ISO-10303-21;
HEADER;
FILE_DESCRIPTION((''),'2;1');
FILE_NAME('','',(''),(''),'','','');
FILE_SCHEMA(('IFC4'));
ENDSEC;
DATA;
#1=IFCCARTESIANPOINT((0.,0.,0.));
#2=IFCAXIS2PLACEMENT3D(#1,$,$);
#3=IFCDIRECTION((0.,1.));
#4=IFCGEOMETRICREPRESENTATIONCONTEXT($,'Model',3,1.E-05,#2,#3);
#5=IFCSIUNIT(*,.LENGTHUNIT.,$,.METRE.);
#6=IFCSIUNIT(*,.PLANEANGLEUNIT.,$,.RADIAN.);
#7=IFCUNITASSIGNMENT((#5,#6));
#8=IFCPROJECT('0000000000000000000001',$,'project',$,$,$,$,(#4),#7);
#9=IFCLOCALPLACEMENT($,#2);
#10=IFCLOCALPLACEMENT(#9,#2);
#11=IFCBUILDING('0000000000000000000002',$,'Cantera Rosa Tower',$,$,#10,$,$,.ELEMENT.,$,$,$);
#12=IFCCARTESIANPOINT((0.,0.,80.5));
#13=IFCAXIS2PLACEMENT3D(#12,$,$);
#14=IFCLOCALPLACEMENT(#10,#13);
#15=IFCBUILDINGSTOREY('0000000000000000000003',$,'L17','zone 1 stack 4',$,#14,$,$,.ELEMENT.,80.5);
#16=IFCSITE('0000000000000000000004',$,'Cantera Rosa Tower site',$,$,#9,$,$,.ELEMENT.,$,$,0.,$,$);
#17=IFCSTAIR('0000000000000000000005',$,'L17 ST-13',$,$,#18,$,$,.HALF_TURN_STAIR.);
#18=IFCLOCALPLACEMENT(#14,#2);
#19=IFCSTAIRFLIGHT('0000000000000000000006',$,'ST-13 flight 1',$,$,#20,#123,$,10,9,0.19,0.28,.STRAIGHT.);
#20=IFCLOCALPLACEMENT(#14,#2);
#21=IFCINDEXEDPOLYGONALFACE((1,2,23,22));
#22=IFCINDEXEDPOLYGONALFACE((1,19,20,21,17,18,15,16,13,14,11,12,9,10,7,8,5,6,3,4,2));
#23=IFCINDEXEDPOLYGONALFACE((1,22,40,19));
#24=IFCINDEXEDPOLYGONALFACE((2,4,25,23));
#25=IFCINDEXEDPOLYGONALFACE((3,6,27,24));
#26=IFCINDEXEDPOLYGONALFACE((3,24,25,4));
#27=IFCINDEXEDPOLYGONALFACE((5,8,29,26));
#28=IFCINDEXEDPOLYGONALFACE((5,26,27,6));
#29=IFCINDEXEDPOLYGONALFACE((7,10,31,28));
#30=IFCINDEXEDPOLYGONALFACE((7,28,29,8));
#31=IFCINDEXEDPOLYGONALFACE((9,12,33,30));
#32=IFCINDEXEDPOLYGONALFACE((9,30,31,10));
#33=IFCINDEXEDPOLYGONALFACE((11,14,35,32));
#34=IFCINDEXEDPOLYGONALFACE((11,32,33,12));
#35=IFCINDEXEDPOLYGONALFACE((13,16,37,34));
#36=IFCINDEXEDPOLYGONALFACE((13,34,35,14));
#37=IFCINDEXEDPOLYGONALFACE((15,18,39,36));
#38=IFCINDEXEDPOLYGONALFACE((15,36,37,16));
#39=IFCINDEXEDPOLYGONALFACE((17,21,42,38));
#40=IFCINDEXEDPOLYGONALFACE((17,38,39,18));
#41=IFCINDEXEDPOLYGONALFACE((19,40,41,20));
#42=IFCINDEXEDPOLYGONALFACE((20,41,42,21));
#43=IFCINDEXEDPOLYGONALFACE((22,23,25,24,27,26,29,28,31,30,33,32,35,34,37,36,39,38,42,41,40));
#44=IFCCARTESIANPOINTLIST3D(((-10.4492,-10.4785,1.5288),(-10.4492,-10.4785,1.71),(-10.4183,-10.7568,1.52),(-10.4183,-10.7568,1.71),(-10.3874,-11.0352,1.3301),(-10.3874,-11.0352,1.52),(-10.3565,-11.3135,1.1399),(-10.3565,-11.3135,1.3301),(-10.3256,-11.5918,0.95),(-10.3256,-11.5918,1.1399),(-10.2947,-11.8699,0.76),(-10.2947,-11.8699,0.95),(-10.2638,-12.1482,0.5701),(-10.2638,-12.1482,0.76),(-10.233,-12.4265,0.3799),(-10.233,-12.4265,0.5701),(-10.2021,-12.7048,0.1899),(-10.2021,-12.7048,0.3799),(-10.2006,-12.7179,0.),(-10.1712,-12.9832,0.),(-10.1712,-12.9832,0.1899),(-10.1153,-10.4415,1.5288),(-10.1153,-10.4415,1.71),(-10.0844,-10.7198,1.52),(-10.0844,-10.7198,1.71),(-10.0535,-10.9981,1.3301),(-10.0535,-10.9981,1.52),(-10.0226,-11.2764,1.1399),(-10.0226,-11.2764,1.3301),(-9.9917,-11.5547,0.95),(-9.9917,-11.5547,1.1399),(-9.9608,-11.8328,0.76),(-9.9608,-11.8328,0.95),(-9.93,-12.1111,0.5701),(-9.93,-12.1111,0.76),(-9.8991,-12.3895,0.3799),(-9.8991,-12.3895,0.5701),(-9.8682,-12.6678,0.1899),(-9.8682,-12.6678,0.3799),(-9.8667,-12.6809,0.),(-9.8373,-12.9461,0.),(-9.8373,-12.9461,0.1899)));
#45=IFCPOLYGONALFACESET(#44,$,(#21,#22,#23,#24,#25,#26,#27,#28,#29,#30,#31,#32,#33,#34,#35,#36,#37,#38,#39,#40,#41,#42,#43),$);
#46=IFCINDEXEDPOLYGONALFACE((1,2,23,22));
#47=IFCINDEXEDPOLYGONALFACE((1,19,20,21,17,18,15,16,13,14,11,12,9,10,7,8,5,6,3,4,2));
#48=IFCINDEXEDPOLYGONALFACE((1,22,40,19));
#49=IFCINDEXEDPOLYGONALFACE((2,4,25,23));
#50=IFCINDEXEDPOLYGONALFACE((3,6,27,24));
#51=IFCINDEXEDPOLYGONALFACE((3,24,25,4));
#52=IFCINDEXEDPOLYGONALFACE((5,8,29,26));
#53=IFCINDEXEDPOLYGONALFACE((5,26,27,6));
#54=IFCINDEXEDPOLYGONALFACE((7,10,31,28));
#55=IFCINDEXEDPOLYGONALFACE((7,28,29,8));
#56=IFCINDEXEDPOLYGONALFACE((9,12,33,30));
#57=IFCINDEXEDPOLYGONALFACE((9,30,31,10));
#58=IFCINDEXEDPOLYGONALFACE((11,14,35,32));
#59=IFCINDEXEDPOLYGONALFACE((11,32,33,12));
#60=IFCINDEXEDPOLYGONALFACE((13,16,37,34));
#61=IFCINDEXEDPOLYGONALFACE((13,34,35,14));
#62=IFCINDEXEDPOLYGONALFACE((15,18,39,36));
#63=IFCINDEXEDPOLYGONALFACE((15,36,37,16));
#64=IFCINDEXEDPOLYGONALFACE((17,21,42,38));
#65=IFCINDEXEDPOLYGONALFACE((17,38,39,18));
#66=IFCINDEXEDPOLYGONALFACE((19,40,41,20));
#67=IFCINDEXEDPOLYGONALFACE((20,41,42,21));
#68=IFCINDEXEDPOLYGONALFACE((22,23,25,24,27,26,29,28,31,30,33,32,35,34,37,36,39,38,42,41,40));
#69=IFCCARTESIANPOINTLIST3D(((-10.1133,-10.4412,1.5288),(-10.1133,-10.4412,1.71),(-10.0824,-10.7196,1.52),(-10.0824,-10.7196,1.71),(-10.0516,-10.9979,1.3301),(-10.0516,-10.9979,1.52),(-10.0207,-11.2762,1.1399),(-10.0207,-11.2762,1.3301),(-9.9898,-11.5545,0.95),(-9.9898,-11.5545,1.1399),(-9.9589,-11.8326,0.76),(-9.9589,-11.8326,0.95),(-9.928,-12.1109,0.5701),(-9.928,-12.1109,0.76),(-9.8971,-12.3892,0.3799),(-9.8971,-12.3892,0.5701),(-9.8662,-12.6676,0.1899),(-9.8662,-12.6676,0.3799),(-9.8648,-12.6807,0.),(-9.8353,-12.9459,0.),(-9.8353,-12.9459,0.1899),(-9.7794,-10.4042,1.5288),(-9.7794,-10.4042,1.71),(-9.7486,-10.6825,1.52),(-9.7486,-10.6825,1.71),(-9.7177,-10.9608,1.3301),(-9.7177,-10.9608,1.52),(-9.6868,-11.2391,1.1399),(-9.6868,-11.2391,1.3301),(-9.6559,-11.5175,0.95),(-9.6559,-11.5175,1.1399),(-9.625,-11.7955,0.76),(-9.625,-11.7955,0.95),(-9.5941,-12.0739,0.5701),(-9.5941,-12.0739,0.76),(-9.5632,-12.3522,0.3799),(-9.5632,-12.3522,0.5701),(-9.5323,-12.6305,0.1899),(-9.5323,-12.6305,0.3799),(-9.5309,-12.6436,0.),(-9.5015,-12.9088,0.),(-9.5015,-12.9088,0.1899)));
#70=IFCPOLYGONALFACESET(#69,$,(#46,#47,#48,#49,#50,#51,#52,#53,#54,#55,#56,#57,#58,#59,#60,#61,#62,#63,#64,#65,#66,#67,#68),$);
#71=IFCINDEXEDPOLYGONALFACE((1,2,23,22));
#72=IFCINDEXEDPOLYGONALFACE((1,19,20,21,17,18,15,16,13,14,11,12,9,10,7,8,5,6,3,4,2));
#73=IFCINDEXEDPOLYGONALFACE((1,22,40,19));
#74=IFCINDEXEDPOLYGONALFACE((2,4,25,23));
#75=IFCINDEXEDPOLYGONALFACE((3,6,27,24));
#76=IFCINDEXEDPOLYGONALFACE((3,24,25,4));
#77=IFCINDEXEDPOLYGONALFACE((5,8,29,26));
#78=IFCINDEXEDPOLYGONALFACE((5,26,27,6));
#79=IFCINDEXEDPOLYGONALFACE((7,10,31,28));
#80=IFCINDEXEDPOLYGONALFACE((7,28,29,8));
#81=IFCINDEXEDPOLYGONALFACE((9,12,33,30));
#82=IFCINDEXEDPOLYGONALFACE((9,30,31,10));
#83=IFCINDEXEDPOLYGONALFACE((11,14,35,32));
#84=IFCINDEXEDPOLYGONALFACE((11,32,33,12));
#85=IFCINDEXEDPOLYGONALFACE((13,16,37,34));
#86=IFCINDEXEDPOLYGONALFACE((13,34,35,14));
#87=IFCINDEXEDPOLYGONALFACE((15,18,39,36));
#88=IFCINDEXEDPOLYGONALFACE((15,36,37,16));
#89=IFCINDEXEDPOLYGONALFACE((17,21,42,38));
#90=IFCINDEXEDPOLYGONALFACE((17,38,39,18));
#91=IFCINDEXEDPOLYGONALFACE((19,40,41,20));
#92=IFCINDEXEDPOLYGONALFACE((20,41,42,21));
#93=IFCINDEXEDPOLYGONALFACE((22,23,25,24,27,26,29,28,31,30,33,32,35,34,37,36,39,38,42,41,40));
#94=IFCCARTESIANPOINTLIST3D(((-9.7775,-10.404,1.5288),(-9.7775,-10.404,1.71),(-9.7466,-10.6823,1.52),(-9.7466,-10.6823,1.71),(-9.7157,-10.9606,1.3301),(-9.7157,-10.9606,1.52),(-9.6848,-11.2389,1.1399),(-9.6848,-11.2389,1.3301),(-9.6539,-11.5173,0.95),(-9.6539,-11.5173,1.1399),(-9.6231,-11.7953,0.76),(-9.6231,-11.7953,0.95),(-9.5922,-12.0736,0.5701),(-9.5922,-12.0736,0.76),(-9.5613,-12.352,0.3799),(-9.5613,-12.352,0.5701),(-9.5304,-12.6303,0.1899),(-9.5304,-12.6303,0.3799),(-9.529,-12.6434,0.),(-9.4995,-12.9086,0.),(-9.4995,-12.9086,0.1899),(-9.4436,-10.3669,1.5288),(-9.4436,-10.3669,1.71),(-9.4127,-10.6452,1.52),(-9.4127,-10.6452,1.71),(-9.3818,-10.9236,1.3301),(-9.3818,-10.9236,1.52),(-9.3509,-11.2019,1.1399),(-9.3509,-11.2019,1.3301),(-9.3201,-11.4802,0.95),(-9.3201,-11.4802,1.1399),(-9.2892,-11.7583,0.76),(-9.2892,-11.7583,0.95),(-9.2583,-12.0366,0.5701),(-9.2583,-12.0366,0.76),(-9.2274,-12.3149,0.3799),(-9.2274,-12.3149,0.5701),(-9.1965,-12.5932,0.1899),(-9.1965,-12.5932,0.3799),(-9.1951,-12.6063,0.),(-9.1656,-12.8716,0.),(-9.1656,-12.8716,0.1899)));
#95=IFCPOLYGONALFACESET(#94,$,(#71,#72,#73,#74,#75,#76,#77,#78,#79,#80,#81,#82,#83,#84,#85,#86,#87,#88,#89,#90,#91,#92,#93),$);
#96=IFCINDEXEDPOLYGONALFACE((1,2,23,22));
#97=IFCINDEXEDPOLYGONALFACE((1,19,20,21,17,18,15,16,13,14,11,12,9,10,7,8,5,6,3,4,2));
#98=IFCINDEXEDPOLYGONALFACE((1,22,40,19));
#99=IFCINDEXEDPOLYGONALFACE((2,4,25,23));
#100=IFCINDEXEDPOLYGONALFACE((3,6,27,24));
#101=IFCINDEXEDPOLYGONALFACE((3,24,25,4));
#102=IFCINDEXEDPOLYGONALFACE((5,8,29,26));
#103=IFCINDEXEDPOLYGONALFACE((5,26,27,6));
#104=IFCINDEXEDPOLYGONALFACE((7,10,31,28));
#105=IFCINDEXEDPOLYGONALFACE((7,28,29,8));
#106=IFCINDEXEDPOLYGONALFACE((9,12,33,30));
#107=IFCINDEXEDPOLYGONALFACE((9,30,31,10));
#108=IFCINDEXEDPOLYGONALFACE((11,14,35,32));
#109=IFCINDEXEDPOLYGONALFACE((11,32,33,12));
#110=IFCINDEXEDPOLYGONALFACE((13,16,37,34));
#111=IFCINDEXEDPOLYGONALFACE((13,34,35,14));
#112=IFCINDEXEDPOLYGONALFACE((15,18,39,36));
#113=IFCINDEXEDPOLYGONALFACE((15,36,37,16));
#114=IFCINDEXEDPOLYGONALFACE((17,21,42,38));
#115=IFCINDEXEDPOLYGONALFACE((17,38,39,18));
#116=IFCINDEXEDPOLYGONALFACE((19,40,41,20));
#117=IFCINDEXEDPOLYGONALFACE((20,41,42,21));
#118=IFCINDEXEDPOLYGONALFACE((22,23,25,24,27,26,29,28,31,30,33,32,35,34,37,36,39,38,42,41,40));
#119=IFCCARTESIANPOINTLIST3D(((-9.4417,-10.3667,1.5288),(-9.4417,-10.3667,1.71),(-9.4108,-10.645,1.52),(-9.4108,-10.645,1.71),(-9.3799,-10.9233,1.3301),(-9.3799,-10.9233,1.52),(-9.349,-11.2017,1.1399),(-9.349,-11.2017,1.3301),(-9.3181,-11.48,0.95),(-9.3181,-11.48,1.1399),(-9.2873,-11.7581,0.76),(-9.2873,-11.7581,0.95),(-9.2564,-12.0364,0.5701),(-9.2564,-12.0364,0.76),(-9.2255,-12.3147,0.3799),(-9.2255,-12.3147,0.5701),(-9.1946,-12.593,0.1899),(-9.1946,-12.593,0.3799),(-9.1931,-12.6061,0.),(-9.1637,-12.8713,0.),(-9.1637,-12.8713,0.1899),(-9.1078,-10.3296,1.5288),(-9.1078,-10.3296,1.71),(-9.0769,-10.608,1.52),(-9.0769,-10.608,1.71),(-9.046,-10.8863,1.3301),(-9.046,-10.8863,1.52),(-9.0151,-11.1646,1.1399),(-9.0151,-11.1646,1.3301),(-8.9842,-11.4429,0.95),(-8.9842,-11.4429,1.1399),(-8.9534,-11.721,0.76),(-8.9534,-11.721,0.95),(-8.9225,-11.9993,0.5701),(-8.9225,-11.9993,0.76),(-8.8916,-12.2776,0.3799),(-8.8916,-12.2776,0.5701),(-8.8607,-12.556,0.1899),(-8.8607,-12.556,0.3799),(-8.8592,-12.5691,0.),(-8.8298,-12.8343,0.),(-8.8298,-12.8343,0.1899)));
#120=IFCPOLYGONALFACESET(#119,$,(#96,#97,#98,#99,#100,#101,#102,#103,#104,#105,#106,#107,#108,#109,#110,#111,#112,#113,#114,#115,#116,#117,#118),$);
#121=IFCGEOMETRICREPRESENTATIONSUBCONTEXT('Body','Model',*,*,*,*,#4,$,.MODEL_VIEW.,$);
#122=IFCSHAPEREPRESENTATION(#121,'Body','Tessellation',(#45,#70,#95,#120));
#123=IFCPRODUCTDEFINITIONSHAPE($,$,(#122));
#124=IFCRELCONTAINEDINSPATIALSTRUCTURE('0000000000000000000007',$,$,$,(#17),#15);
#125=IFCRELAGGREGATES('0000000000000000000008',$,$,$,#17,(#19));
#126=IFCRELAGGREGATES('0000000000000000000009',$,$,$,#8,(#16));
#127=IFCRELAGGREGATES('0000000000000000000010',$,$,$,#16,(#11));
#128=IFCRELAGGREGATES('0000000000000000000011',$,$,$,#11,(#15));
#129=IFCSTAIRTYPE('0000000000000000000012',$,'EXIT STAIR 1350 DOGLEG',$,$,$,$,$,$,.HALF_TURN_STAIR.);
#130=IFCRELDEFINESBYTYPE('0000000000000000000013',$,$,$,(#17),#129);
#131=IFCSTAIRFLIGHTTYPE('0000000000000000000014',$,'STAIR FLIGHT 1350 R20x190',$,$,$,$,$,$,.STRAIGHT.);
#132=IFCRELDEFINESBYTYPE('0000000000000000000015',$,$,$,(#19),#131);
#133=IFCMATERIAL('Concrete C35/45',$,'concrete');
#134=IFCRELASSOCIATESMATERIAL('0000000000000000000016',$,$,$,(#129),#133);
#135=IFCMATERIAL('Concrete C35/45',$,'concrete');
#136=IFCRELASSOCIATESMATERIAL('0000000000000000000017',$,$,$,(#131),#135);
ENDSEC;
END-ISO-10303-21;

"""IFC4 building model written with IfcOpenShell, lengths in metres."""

from ifc_helpers import new_model, si_unit, direction, frame, origin, place, context, subcontext, project, spatial, polyline, outline, extrude, material, type_object, element, aggregate, save


model = new_model("IFC4")

# Units and contexts
model_context = context("Model", 3, precision=1e-05, world=origin(), true_north=direction((0.0, 1.0)))
body_context = subcontext(model_context, "Body", "Model", "MODEL_VIEW")
ifc_project = project(units=[si_unit("LENGTHUNIT", "METRE"), si_unit("PLANEANGLEUNIT", "RADIAN")], contexts=[model_context])

# Site, building, storey
site_placement = place(None, origin())
site = spatial("IfcSite", under=ifc_project, at=site_placement, Name="Cantera Rosa Tower site", CompositionType="ELEMENT", RefElevation=0.0)
building_placement = place(site_placement, origin())
building = spatial("IfcBuilding", under=site, at=building_placement, Name="Cantera Rosa Tower", CompositionType="ELEMENT")
storey_placement = place(building_placement, frame((0.0, 0.0, 80.5)))
storey = spatial("IfcBuildingStorey", under=building, at=storey_placement, Name="L17", Description="zone 1 stack 4", CompositionType="ELEMENT", Elevation=80.5)

# Stair, stair flight
ifc_material_1 = material(Name="Concrete C35/45", Category="concrete")
stair_type = type_object("IfcStairType", Name="EXIT STAIR 1350 DOGLEG", PredefinedType="HALF_TURN_STAIR", material=ifc_material_1)
stair_placement = place(storey_placement, origin())
stair = element("IfcStair", 1, at=stair_placement, inside=storey, type_object=stair_type, Name="L17 ST-13", PredefinedType="HALF_TURN_STAIR")
ifc_material_2 = material(Name="Concrete C35/45", Category="concrete")
stair_flight_type = type_object("IfcStairFlightType", Name="STAIR FLIGHT 1350 R20x190", PredefinedType="STRAIGHT", material=ifc_material_2)
stair_flight_placement = place(storey_placement, frame((-9.5002, -12.9087, 0.0), z_axis=(0.0, 0.0, 1.0), x_axis=(-0.110313, 0.993897, 0.0)))
stair_flight = element("IfcStairFlight", 2, at=stair_flight_placement, type_object=stair_flight_type, Name="ST-13 flight 1", NumberOfRisers=10, NumberOfTreads=9, PredefinedType="STRAIGHT", RiserHeight=0.19, TreadLength=0.28, context=body_context, shape_type="SweptSolid", body=[
    extrude(outline(polyline([(0.0, 0.0), (0.0, 0.1899), (0.28, 0.1899), (0.28, 0.3799), (0.5601, 0.3799), (0.5601, 0.5701), (0.8401, 0.5701), (0.8401, 0.76), (1.1201, 0.76), (1.1201, 0.95), (1.3999, 0.95), (1.3999, 1.1399), (1.6799, 1.1399), (1.6799, 1.3301), (1.96, 1.3301), (1.96, 1.52), (2.24, 1.52), (2.24, 1.71), (2.52, 1.71), (2.52, 1.8999), (2.52, 1.5288), (0.2668, 0.0), (0.0, 0.0)])), frame((0.0, 0.675, 0.0), z_axis=(0.0, -1.0, 0.0), x_axis=(1.0, 0.0, 0.0)), (0.0, 0.0, 1.0), 0.3359),
    extrude(outline(polyline([(0.0, 0.0), (0.0, 0.1899), (0.28, 0.1899), (0.28, 0.3799), (0.5601, 0.3799), (0.5601, 0.5701), (0.8401, 0.5701), (0.8401, 0.76), (1.1201, 0.76), (1.1201, 0.95), (1.3999, 0.95), (1.3999, 1.1399), (1.6799, 1.1399), (1.6799, 1.3301), (1.96, 1.3301), (1.96, 1.52), (2.24, 1.52), (2.24, 1.71), (2.52, 1.71), (2.52, 1.8999), (2.52, 1.5288), (0.2668, 0.0), (0.0, 0.0)])), frame((0.0, 0.3372, 0.0), z_axis=(0.0, -1.0, 0.0), x_axis=(1.0, 0.0, 0.0)), (0.0, 0.0, 1.0), 0.3359),
    extrude(outline(polyline([(0.0, 0.0), (0.0, 0.1899), (0.28, 0.1899), (0.28, 0.3799), (0.5601, 0.3799), (0.5601, 0.5701), (0.8401, 0.5701), (0.8401, 0.76), (1.1201, 0.76), (1.1201, 0.95), (1.3999, 0.95), (1.3999, 1.1399), (1.6799, 1.1399), (1.6799, 1.3301), (1.96, 1.3301), (1.96, 1.52), (2.24, 1.52), (2.24, 1.71), (2.52, 1.71), (2.52, 1.8999), (2.52, 1.5288), (0.2668, 0.0), (0.0, 0.0)])), frame((0.0, -0.0007, 0.0), z_axis=(0.0, -1.0, 0.0), x_axis=(1.0, 0.0, 0.0)), (0.0, 0.0, 1.0), 0.3359),
    extrude(outline(polyline([(0.0, 0.0), (0.0, 0.1899), (0.28, 0.1899), (0.28, 0.3799), (0.5601, 0.3799), (0.5601, 0.5701), (0.8401, 0.5701), (0.8401, 0.76), (1.1201, 0.76), (1.1201, 0.95), (1.3999, 0.95), (1.3999, 1.1399), (1.6799, 1.1399), (1.6799, 1.3301), (1.96, 1.3301), (1.96, 1.52), (2.24, 1.52), (2.24, 1.71), (2.52, 1.71), (2.52, 1.8999), (2.52, 1.5288), (0.2668, 0.0), (0.0, 0.0)])), frame((0.0, -0.3386, 0.0), z_axis=(0.0, -1.0, 0.0), x_axis=(1.0, 0.0, 0.0)), (0.0, 0.0, 1.0), 0.3359),
])
aggregate(stair, [stair_flight])

save(model, "model.ifc")
